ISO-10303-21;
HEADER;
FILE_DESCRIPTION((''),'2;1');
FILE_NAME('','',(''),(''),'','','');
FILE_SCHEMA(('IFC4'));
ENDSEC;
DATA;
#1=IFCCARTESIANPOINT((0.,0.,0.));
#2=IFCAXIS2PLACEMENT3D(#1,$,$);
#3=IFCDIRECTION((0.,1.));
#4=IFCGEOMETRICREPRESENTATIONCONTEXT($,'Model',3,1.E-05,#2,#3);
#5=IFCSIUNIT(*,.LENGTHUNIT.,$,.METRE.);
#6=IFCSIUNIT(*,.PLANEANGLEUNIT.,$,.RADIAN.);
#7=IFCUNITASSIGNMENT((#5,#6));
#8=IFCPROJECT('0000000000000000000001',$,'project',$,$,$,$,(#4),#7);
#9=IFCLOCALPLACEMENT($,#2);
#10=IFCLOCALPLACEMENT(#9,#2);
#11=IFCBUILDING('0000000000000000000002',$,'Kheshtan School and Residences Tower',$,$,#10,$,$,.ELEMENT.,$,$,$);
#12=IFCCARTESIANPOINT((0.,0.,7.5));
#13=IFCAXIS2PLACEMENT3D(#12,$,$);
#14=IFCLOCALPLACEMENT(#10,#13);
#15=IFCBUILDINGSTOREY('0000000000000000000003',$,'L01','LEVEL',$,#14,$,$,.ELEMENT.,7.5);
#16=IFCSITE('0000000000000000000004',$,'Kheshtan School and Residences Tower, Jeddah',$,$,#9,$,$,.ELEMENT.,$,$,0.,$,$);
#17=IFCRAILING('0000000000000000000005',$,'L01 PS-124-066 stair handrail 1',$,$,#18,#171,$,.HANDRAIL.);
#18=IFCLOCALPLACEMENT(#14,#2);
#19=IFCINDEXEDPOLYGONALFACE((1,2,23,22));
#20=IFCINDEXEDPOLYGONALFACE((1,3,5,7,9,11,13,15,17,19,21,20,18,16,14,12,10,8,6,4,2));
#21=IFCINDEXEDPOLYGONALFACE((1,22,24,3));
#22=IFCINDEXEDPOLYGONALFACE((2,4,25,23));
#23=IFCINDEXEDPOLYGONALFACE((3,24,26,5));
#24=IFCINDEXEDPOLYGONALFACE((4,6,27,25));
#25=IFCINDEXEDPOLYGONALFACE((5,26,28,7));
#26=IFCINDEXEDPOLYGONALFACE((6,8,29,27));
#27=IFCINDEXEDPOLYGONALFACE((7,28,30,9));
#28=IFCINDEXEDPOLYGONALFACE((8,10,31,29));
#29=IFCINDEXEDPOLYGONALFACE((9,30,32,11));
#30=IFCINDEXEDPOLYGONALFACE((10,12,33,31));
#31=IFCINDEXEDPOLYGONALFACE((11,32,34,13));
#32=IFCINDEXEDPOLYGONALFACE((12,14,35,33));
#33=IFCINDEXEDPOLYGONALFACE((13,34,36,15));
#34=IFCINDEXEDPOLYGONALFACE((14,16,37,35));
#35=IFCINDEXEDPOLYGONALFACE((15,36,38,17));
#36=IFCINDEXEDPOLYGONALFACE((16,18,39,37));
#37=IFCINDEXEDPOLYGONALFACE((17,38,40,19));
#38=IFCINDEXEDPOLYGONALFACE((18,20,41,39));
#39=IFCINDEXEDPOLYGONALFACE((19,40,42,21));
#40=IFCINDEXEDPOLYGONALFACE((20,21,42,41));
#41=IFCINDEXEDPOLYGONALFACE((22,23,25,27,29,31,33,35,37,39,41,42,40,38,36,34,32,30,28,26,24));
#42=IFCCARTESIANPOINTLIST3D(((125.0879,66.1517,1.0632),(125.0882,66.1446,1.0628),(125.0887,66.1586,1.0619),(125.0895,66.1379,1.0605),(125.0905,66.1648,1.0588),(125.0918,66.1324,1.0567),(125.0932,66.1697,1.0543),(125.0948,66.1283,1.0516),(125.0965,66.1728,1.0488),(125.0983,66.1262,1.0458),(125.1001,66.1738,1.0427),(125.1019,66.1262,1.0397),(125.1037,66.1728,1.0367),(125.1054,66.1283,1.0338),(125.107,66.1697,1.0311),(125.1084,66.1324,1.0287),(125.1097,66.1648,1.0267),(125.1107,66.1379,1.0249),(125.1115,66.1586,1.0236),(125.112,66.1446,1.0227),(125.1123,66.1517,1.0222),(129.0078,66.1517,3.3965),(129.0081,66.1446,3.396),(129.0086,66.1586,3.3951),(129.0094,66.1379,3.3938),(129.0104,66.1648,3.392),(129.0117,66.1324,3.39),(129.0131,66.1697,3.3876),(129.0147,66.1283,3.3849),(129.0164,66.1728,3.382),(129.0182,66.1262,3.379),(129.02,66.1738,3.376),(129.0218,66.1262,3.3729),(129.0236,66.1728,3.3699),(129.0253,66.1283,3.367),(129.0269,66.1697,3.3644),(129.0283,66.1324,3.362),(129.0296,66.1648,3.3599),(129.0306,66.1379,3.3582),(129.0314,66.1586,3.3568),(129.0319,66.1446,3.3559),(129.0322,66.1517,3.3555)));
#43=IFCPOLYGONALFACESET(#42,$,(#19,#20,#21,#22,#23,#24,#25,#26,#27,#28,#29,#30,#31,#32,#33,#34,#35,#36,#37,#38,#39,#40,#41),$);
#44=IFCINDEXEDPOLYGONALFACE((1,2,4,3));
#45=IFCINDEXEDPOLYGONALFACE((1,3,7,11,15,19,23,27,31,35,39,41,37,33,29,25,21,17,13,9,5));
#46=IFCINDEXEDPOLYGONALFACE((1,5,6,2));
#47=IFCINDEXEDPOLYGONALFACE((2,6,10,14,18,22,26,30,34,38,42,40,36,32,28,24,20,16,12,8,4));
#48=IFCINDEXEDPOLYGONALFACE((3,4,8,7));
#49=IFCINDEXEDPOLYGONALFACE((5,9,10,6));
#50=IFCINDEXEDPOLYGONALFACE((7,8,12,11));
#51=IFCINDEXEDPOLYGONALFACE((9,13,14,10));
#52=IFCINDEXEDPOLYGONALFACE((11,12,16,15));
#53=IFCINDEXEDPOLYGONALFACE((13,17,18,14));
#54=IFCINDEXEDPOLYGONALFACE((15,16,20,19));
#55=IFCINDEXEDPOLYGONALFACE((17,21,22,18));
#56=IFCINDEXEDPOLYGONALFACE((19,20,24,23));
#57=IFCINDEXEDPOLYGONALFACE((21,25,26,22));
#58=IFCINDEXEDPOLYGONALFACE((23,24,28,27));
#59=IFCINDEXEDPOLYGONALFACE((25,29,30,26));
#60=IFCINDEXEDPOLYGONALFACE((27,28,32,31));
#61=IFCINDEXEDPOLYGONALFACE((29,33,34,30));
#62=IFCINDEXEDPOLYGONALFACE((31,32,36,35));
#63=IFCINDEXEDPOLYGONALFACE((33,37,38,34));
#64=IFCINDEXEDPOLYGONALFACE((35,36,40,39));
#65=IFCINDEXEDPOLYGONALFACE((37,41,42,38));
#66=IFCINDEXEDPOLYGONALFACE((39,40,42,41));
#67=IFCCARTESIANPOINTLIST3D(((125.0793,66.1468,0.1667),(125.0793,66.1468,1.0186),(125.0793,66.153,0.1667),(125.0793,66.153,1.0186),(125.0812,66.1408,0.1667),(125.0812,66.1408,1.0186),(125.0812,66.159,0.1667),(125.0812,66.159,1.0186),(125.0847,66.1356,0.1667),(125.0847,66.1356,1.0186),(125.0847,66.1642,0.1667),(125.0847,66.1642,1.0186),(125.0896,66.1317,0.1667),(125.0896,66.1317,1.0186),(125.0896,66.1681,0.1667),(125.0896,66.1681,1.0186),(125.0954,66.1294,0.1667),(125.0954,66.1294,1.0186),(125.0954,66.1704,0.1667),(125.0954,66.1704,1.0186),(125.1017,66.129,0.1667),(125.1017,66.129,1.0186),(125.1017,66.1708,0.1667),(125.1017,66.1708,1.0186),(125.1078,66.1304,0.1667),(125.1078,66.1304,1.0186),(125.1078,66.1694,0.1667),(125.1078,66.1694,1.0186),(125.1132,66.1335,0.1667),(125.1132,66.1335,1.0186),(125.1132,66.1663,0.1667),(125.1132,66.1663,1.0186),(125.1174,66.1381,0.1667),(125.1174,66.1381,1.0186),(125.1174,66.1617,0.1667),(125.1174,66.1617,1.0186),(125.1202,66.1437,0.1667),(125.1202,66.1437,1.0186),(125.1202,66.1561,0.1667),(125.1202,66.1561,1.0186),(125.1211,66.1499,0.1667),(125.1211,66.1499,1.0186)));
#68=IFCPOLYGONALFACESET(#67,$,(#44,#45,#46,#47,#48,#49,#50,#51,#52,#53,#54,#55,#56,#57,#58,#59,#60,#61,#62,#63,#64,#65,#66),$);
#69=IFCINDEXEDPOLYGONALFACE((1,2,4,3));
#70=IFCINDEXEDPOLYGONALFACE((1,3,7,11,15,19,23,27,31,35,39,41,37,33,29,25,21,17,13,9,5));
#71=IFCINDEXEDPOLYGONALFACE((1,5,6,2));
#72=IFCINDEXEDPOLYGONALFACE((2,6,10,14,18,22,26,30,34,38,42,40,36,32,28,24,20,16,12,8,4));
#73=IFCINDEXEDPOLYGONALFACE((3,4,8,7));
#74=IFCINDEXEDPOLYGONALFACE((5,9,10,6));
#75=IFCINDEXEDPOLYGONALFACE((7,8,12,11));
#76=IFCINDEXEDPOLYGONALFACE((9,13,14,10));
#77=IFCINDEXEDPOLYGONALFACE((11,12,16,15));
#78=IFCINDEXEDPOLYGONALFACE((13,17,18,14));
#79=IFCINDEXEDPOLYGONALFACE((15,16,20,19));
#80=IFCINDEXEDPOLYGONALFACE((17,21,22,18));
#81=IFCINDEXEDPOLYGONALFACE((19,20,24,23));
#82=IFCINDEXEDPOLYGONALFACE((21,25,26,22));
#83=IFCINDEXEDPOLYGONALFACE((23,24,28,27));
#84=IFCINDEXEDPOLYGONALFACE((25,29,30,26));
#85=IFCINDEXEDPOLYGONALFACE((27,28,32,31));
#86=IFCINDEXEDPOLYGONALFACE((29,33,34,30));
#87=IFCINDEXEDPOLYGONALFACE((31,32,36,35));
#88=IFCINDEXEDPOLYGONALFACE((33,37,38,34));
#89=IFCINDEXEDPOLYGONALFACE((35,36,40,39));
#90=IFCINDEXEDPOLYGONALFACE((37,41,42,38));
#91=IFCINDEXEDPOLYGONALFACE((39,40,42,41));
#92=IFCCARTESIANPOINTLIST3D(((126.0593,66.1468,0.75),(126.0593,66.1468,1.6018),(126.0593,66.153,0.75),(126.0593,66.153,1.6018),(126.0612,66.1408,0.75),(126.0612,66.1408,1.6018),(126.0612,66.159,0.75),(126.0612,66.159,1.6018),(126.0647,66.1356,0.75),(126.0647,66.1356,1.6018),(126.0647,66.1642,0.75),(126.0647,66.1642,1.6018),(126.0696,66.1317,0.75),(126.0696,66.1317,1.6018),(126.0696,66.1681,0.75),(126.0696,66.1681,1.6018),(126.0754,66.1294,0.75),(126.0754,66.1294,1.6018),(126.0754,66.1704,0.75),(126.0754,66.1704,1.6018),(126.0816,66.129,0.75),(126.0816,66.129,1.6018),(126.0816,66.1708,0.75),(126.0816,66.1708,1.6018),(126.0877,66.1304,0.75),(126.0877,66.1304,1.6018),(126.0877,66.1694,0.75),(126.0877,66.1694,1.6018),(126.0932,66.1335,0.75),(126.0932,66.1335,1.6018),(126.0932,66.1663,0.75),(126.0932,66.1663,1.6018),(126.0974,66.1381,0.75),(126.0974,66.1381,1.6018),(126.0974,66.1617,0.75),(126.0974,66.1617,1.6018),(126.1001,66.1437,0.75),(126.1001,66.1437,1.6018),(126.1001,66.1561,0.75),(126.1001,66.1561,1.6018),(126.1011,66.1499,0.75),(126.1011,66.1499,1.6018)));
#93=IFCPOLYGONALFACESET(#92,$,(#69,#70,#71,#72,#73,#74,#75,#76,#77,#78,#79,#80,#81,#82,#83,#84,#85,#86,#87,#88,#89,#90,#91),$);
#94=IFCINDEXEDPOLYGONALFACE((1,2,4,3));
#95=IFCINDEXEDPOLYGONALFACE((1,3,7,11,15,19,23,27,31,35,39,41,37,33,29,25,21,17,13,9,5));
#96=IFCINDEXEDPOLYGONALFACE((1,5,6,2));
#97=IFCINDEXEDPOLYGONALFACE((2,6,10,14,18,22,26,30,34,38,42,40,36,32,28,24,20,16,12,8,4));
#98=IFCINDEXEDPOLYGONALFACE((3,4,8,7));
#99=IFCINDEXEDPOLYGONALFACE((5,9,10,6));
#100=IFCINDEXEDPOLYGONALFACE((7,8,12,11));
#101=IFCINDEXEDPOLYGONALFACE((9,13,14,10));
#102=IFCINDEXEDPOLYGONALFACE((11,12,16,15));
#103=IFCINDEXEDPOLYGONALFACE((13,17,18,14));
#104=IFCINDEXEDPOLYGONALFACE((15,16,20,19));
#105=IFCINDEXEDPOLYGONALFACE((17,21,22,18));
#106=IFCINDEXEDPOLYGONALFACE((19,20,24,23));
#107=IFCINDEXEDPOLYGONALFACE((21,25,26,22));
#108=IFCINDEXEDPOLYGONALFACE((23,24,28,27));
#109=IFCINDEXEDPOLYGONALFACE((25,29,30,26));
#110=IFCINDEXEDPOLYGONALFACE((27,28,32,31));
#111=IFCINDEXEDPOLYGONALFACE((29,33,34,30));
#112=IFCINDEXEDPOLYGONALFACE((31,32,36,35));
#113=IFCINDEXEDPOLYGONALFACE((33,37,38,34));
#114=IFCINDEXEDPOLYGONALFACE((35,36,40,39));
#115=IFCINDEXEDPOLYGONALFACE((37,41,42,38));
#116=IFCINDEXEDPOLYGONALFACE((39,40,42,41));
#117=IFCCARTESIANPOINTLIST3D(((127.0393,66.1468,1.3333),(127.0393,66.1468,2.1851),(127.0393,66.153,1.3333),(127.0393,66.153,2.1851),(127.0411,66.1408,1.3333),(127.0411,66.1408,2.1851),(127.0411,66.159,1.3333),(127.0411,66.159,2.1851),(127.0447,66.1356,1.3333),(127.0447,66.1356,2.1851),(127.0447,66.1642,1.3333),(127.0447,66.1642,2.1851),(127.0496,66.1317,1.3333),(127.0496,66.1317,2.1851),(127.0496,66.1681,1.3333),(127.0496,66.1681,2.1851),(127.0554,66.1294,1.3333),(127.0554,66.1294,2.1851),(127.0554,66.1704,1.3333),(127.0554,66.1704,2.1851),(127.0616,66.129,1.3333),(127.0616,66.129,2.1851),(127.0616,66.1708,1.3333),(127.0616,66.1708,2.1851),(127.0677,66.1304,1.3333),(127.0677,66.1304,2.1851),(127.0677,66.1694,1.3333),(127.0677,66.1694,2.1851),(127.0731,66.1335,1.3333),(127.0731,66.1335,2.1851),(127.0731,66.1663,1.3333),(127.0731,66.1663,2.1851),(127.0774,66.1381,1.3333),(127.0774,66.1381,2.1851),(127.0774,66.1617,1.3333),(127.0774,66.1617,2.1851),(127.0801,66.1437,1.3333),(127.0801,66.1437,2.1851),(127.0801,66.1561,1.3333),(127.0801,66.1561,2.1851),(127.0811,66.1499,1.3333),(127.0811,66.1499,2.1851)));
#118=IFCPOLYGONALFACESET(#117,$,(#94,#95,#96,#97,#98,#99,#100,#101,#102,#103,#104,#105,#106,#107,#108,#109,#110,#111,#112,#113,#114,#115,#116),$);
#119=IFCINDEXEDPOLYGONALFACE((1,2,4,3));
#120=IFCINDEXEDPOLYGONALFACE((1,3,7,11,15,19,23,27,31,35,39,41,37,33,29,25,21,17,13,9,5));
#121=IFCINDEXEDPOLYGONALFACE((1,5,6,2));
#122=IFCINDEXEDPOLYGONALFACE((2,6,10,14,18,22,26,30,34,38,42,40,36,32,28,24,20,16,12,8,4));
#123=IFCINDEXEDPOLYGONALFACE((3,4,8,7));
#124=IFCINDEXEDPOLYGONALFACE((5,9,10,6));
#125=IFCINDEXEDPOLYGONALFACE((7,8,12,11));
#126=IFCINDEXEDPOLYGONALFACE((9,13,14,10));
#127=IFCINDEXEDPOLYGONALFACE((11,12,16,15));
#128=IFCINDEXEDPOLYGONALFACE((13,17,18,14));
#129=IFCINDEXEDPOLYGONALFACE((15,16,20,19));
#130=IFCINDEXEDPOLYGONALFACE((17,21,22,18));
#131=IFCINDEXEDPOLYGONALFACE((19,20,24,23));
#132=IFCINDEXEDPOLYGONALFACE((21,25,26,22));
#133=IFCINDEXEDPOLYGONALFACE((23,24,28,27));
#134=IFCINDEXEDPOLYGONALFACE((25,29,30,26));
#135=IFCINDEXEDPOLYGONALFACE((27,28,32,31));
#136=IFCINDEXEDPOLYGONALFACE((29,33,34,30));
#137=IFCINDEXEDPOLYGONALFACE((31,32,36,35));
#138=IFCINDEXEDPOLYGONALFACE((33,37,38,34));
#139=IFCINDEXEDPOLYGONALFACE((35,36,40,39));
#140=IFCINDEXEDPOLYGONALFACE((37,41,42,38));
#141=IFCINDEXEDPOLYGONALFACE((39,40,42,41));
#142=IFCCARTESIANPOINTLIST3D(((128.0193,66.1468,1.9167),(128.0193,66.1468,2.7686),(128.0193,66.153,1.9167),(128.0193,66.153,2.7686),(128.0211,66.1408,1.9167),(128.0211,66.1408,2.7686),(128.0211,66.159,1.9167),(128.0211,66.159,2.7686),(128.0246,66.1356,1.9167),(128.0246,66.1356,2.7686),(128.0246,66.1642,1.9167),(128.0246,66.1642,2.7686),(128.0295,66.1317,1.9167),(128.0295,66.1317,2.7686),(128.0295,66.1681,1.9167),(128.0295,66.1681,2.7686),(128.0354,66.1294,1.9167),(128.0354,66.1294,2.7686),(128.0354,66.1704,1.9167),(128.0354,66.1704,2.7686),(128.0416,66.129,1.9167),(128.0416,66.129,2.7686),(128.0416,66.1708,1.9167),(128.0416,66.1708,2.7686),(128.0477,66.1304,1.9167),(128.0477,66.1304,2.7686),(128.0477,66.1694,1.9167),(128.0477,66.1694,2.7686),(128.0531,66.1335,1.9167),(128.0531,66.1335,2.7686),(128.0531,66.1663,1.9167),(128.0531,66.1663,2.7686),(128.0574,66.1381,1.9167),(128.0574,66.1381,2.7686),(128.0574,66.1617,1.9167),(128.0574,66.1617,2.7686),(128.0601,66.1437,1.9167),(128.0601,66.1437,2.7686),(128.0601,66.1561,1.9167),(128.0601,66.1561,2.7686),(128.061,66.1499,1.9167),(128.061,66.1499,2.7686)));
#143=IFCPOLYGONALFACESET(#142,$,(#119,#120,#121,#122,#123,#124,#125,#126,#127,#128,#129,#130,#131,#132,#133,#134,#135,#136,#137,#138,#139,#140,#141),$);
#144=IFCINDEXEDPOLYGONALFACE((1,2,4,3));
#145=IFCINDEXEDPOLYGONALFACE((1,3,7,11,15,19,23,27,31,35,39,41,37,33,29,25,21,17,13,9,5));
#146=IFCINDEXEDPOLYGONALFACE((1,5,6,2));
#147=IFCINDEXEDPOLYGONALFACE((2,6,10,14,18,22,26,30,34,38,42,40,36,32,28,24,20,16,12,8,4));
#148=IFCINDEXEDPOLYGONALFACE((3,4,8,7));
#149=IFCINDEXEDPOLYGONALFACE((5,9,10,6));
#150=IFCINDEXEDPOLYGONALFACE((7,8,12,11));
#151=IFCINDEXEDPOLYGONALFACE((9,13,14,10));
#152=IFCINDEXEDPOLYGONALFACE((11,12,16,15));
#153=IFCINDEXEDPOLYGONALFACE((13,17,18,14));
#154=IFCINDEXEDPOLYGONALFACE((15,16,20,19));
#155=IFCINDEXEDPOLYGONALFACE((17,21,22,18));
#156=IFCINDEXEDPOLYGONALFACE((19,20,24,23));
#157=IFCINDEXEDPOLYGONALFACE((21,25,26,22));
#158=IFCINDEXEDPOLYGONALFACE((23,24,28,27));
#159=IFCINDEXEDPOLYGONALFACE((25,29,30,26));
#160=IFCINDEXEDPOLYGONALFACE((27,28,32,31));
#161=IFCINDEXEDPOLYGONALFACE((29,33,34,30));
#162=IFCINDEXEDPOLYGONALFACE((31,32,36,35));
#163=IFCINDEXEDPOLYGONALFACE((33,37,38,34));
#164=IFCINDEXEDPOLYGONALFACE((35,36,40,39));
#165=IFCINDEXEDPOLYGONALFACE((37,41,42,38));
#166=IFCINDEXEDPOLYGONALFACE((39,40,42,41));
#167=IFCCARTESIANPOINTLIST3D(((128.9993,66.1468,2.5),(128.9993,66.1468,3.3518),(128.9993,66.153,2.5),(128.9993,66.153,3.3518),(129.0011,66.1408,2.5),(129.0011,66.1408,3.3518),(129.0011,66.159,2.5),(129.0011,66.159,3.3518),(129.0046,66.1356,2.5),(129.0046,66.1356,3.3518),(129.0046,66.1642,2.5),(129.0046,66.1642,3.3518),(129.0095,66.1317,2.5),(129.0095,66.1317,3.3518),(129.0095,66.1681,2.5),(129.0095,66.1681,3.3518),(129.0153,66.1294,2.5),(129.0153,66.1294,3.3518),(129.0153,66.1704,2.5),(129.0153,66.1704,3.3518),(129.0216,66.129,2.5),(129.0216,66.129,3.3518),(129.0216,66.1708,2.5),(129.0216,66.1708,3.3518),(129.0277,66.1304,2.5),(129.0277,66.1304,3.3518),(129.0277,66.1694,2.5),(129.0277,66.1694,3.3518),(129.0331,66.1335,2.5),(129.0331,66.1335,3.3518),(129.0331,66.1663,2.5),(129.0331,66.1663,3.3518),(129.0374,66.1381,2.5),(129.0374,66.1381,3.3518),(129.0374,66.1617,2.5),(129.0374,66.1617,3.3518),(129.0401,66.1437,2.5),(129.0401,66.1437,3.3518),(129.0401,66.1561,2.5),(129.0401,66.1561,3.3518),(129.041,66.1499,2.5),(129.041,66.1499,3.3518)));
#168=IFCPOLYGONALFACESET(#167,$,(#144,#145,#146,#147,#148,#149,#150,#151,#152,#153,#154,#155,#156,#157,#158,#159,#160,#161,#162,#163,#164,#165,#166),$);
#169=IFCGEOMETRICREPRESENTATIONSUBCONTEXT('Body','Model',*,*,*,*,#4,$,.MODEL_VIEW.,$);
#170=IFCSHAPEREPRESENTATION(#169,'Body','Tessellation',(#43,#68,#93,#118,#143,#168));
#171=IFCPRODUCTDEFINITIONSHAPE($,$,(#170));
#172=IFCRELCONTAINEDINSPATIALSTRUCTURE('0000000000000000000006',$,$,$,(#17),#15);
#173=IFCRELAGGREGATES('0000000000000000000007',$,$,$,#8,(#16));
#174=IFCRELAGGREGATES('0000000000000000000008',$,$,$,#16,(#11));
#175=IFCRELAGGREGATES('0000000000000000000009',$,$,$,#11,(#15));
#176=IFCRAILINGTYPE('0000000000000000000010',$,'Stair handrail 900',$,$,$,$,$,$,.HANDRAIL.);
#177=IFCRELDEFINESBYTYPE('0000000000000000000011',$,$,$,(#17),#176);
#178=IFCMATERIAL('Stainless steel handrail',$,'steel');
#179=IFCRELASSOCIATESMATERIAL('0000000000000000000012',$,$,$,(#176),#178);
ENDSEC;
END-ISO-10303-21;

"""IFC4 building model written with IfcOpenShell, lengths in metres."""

from ifc_helpers import new_model, si_unit, direction, frame, origin, origin_2d, place, context, subcontext, project, spatial, circle, extrude, material, type_object, element, save


model = new_model("IFC4")

# Units and contexts
model_context = context("Model", 3, precision=1e-05, world=origin(), true_north=direction((0.0, 1.0)))
body_context = subcontext(model_context, "Body", "Model", "MODEL_VIEW")
ifc_project = project(units=[si_unit("LENGTHUNIT", "METRE"), si_unit("PLANEANGLEUNIT", "RADIAN")], contexts=[model_context])

# Site, building, storey
site_placement = place(None, origin())
site = spatial("IfcSite", under=ifc_project, at=site_placement, Name="Kheshtan School and Residences Tower, Jeddah", CompositionType="ELEMENT", RefElevation=0.0)
building_placement = place(site_placement, origin())
building = spatial("IfcBuilding", under=site, at=building_placement, Name="Kheshtan School and Residences Tower", CompositionType="ELEMENT")
storey_placement = place(building_placement, frame((0.0, 0.0, 7.5)))
storey = spatial("IfcBuildingStorey", under=building, at=storey_placement, Name="L01", Description="LEVEL", CompositionType="ELEMENT", Elevation=7.5)

# Railing
ifc_material_1 = material(Name="Stainless steel handrail", Category="steel")
railing_type_1 = type_object("IfcRailingType", Name="Stair handrail 900", PredefinedType="HANDRAIL", material=ifc_material_1)
railing_1_placement = place(storey_placement, frame((125.1001, 66.1499, 0.1667)))
element("IfcRailing", 1, at=railing_1_placement, inside=storey, type_object=railing_type_1, Name="L01 PS-124-066 stair handrail 1", PredefinedType="HANDRAIL", context=body_context, shape_type="SweptSolid", body=[
    extrude(circle(Radius=0.0239, at=origin_2d()), frame((0.0, 0.0, 0.876), z_axis=(0.859296, 0.0, 0.511478), x_axis=(0.0, 1.0, 0.0)), (0.0, 0.0, 1.0), 4.5618),
    extrude(circle(Radius=0.021, at=origin_2d()), origin(), (0.0, 0.0, 1.0), 0.8518),
    extrude(circle(Radius=0.021, at=origin_2d()), frame((0.98, 0.0, 0.5833)), (0.0, 0.0, 1.0), 0.8518),
    extrude(circle(Radius=0.021, at=origin_2d()), frame((1.96, 0.0, 1.1665)), (0.0, 0.0, 1.0), 0.8518),
    extrude(circle(Radius=0.021, at=origin_2d()), frame((2.9399, 0.0, 1.75)), (0.0, 0.0, 1.0), 0.8518),
    extrude(circle(Radius=0.021, at=origin_2d()), frame((3.9199, 0.0, 2.3333)), (0.0, 0.0, 1.0), 0.8518),
])

save(model, "model.ifc")
